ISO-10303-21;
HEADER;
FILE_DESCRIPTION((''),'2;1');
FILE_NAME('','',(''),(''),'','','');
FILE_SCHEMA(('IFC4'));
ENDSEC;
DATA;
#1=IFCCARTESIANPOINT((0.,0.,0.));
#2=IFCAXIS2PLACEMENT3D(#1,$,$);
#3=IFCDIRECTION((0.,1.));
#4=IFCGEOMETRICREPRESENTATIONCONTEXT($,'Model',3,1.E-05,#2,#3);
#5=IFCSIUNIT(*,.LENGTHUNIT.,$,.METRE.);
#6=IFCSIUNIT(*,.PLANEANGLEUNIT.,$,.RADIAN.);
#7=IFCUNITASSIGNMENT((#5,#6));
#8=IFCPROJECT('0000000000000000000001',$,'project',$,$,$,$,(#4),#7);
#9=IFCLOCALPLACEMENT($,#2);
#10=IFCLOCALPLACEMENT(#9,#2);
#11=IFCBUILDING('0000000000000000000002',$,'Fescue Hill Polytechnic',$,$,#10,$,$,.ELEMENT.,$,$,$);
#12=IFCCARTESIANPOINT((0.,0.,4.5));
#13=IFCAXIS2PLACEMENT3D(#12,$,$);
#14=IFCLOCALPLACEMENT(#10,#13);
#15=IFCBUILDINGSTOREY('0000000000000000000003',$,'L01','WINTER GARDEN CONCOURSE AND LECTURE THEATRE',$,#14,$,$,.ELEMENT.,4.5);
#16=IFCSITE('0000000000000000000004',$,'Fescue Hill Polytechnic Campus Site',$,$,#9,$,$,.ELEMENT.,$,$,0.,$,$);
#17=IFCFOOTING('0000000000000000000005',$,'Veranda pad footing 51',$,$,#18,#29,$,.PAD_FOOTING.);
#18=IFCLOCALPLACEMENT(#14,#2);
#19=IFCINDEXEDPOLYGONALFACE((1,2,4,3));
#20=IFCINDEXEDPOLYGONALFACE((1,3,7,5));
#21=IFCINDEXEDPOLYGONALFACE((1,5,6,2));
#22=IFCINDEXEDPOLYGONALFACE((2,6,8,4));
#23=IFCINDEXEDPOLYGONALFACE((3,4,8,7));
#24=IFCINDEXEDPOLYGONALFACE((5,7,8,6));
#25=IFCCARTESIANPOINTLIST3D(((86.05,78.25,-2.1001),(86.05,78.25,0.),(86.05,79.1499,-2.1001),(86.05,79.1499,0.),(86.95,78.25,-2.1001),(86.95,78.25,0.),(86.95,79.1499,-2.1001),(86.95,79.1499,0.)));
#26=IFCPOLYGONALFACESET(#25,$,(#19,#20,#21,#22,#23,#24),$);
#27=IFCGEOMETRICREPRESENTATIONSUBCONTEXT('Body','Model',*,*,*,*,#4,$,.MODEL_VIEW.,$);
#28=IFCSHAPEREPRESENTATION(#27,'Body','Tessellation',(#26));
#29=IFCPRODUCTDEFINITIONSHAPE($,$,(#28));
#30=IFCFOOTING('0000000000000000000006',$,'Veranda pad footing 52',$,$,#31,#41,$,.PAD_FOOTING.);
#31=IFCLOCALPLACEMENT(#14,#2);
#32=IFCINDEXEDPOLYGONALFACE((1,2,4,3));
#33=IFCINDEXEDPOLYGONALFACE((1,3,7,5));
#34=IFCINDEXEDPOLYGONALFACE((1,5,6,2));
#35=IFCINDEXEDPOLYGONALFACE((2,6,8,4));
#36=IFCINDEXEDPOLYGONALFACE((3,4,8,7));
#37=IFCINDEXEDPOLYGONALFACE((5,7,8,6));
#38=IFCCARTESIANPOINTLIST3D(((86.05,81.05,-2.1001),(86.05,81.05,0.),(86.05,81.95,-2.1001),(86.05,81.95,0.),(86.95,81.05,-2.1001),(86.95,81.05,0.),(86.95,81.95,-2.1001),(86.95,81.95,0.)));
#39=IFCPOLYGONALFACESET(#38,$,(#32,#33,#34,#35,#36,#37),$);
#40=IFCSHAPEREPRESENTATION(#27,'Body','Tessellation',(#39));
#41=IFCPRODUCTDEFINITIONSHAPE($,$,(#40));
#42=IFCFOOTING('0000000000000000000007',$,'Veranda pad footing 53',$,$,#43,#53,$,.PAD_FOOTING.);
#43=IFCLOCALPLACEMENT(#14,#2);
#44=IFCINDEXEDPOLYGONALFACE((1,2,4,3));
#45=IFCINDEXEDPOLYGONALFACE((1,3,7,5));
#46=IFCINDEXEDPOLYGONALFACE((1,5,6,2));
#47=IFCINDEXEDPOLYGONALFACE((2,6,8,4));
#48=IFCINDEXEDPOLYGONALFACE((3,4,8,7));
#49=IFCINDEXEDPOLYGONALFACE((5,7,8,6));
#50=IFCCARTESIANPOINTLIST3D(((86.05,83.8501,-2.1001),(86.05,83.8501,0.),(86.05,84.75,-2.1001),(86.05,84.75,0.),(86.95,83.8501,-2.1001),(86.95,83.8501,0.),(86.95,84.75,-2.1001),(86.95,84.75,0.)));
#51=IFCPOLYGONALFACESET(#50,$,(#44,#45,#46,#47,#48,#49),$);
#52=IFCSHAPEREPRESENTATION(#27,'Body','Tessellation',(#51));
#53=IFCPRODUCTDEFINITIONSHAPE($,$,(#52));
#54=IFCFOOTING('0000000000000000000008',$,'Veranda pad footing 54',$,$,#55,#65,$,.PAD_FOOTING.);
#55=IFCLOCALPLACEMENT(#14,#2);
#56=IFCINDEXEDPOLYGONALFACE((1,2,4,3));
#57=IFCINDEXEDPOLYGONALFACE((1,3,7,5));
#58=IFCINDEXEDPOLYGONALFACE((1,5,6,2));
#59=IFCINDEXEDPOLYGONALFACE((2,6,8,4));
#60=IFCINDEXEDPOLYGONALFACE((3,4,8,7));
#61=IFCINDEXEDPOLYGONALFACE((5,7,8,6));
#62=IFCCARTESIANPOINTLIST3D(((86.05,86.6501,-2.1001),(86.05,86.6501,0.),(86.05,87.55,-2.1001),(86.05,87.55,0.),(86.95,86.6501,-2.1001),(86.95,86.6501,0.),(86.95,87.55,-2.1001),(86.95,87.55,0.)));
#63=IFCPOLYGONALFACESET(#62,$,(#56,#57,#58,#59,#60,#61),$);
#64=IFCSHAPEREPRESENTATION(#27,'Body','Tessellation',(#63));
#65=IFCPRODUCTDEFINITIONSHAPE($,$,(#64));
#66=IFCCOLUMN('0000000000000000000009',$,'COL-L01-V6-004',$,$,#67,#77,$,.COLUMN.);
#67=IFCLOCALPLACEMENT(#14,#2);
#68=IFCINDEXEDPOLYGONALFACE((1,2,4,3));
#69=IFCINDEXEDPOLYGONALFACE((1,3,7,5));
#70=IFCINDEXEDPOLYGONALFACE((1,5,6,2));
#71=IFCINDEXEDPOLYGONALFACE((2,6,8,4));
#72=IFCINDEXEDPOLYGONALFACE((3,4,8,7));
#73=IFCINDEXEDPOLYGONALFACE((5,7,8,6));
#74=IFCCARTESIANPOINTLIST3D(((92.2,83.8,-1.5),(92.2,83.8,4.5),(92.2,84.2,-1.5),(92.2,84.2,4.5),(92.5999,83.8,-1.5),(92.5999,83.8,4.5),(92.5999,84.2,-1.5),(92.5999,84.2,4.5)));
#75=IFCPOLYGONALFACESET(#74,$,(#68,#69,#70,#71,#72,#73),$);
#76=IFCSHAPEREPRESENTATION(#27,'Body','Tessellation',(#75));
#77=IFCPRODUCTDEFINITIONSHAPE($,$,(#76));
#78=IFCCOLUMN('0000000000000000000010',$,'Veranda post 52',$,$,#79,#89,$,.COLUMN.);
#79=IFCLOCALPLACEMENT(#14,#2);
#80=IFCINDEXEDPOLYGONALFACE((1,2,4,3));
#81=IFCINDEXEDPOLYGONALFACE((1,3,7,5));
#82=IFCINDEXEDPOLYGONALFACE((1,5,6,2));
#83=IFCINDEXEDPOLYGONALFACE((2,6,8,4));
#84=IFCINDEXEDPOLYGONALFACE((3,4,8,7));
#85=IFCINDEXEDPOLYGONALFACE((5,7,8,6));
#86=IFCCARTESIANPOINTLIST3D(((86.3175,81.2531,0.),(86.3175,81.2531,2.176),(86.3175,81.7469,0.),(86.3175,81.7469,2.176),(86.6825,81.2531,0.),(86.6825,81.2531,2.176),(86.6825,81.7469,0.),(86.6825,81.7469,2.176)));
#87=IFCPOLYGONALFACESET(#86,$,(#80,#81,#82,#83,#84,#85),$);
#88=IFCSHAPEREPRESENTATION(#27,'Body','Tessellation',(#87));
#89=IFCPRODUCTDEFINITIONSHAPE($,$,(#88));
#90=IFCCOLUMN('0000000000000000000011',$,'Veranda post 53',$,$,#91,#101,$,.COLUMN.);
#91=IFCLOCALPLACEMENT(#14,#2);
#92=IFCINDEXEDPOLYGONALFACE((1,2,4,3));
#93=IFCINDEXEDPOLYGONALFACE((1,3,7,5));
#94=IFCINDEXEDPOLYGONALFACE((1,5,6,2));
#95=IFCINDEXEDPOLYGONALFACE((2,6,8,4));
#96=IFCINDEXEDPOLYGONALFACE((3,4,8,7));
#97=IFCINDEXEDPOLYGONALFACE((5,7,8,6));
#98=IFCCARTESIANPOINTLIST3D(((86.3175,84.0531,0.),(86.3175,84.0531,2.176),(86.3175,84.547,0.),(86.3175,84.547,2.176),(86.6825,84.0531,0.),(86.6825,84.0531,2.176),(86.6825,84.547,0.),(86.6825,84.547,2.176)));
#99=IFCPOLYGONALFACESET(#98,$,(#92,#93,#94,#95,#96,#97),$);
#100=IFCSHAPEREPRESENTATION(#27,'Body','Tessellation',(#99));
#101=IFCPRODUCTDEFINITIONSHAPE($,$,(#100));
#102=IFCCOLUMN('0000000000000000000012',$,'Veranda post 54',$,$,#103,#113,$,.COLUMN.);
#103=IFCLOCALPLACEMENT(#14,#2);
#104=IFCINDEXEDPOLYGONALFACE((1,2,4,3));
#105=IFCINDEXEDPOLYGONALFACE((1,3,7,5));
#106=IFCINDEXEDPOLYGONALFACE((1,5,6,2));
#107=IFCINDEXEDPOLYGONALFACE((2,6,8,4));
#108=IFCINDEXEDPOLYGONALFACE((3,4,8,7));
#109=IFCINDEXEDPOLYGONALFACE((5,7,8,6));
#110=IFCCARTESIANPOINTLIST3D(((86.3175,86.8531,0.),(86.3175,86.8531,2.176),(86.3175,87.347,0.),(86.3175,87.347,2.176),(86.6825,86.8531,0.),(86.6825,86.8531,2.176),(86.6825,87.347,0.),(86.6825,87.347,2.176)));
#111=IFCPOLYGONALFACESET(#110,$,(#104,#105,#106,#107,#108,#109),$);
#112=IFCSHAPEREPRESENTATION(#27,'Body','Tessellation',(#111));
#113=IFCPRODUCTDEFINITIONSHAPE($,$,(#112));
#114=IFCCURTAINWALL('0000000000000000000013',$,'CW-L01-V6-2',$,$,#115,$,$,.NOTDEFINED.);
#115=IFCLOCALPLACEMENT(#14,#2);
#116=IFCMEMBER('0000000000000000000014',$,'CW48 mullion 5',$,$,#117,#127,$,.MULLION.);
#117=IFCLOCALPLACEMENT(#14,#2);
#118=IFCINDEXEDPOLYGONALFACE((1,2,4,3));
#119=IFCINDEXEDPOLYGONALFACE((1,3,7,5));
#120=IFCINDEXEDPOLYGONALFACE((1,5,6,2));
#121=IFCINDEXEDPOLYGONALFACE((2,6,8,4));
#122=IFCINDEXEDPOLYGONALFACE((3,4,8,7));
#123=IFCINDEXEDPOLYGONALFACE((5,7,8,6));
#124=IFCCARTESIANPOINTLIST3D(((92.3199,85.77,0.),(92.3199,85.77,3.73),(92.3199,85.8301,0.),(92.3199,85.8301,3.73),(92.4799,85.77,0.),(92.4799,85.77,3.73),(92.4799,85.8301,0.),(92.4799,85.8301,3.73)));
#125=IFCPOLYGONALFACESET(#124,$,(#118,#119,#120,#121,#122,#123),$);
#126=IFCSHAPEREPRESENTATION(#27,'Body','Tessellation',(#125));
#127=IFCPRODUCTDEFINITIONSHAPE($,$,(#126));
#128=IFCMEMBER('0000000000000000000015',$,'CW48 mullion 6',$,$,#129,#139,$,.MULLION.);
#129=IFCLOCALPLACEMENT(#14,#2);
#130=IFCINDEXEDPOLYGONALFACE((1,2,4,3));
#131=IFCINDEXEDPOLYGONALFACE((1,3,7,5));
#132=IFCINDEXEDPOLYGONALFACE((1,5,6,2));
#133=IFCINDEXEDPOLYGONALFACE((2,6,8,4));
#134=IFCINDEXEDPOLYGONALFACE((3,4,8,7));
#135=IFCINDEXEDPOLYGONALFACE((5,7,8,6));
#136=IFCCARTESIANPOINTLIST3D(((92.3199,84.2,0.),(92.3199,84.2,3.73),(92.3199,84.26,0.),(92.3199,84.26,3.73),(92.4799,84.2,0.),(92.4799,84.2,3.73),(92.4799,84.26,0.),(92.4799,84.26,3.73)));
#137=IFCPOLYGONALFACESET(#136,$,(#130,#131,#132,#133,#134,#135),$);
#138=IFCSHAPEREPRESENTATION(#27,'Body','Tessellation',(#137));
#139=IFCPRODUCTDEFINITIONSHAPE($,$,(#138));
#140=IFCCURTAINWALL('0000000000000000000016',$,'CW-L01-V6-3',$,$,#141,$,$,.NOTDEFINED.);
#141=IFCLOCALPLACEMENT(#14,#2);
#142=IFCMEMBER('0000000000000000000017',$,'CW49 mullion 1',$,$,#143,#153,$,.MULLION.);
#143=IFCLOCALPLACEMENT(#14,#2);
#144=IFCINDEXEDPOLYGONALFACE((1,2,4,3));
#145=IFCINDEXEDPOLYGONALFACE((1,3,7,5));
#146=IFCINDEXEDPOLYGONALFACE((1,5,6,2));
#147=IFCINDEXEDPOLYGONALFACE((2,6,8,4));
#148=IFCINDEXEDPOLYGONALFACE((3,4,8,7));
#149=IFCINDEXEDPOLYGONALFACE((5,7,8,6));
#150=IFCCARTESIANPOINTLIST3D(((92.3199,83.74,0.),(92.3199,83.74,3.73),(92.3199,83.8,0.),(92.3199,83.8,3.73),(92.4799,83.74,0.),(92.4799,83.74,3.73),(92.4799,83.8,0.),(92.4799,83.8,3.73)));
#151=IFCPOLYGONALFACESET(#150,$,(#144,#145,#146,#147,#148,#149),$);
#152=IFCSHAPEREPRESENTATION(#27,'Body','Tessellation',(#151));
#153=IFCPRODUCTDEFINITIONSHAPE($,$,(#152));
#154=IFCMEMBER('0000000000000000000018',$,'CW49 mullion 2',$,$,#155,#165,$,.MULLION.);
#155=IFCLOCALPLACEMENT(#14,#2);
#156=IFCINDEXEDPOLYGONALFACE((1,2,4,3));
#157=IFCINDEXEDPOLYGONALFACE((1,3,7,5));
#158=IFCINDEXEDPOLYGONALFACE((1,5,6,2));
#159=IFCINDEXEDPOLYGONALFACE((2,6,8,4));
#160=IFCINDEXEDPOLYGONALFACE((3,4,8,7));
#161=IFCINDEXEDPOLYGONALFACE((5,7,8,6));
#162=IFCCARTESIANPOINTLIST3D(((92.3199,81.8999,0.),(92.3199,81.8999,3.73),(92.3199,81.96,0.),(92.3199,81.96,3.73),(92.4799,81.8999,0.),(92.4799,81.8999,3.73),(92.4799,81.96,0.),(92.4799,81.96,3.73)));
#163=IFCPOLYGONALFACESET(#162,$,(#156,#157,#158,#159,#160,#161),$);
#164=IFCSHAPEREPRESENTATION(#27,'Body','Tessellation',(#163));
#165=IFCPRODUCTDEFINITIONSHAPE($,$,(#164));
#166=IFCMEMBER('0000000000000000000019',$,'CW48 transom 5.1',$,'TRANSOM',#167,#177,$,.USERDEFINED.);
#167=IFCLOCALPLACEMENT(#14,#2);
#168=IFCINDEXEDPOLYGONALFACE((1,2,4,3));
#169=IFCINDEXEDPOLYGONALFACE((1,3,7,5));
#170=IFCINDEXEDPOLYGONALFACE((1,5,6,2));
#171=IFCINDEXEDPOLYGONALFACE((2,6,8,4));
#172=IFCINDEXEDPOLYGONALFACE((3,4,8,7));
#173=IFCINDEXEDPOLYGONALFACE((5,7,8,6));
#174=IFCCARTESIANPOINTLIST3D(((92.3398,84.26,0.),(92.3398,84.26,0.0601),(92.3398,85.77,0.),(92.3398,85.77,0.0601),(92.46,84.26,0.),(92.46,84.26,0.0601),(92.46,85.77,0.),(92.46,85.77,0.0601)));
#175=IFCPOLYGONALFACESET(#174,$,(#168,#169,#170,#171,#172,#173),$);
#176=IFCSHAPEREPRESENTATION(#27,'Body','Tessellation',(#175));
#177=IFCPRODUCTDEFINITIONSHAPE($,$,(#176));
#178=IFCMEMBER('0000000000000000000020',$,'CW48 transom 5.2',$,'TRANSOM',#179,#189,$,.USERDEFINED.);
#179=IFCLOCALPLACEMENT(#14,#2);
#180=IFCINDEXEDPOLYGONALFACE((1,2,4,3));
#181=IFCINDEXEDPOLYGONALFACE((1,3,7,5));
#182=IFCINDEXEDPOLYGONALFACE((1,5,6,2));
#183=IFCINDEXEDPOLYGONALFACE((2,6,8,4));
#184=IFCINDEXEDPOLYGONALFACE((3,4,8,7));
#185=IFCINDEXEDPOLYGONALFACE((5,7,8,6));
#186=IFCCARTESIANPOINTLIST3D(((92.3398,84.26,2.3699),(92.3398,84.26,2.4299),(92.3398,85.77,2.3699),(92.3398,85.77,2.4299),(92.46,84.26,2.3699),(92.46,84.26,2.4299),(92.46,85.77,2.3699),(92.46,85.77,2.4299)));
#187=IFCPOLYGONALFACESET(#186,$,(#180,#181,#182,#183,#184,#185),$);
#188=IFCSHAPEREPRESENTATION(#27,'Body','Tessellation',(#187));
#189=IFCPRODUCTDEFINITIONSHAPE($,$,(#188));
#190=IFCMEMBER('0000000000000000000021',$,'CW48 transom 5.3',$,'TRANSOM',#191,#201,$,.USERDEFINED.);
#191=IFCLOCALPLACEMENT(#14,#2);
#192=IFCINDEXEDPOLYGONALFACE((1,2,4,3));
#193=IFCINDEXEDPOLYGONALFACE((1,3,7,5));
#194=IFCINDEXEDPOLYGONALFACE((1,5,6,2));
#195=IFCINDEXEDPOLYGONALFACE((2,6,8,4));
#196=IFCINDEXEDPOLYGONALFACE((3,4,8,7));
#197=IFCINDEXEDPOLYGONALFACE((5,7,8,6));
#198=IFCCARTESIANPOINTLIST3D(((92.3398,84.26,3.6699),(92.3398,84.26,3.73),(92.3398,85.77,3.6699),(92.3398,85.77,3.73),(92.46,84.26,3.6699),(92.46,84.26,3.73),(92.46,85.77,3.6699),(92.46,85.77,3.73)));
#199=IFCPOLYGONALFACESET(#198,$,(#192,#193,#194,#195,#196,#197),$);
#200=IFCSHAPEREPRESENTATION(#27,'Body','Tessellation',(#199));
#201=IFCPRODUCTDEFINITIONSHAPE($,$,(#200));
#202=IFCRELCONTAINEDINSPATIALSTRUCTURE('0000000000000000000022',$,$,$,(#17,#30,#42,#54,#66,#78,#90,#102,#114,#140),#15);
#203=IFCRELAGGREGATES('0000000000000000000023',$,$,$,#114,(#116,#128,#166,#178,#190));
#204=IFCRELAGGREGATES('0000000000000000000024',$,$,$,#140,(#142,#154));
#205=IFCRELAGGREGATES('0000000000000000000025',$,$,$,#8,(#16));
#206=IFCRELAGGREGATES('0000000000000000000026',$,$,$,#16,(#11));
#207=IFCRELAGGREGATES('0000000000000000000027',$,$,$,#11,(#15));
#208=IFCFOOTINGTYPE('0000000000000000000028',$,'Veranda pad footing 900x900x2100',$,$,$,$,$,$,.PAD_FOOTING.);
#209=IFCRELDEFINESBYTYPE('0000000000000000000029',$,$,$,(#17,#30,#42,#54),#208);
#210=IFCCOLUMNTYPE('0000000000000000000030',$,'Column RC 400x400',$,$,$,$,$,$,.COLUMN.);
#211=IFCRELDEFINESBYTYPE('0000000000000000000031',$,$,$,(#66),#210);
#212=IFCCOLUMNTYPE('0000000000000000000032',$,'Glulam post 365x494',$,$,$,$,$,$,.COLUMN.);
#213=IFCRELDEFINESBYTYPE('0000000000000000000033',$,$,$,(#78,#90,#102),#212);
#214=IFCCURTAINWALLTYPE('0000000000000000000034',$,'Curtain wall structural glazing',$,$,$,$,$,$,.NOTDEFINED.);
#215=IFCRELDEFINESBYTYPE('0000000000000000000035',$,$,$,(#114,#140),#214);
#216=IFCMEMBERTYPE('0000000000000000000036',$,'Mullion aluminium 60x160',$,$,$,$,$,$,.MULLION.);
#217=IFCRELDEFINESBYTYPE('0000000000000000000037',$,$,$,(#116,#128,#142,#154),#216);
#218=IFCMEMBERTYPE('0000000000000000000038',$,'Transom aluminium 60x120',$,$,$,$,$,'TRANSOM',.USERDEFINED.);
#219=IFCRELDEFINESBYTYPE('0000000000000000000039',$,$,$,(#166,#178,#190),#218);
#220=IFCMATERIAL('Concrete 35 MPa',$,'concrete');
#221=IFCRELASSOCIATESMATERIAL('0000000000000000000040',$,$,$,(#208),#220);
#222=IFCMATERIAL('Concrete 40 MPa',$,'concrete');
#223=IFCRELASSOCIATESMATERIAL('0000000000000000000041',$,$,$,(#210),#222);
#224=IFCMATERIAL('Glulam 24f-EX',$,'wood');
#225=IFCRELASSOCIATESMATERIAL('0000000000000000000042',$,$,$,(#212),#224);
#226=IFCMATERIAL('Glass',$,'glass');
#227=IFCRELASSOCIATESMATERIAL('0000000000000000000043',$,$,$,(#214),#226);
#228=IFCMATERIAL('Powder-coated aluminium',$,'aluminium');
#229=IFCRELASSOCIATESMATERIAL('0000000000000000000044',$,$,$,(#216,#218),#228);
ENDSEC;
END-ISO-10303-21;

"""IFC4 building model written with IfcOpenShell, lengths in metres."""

from ifc_helpers import new_model, si_unit, direction, frame, origin, origin_2d, place, context, subcontext, project, spatial, rectangle, extrude, material, material_profile, profile_set, type_object, element, aggregate, save


model = new_model("IFC4")

# Units and contexts
model_context = context("Model", 3, precision=1e-05, world=origin(), true_north=direction((0.0, 1.0)))
body_context = subcontext(model_context, "Body", "Model", "MODEL_VIEW")
ifc_project = project(units=[si_unit("LENGTHUNIT", "METRE"), si_unit("PLANEANGLEUNIT", "RADIAN")], contexts=[model_context])

# Site, building, storey
site_placement = place(None, origin())
site = spatial("IfcSite", under=ifc_project, at=site_placement, Name="Fescue Hill Polytechnic Campus Site", CompositionType="ELEMENT", RefElevation=0.0)
building_placement = place(site_placement, origin())
building = spatial("IfcBuilding", under=site, at=building_placement, Name="Fescue Hill Polytechnic", CompositionType="ELEMENT")
storey_placement = place(building_placement, frame((0.0, 0.0, 4.5)))
storey = spatial("IfcBuildingStorey", under=building, at=storey_placement, Name="L01", Description="WINTER GARDEN CONCOURSE AND LECTURE THEATRE", CompositionType="ELEMENT", Elevation=4.5)

# Footings
ifc_material_1 = material(Name="Concrete 35 MPa", Category="concrete")
footing_type = type_object("IfcFootingType", Name="Veranda pad footing 900x900x2100", PredefinedType="PAD_FOOTING", material=ifc_material_1)
for number, where, z_axis, x_axis, name in (
    (1, (86.5, 78.7, -2.1001), (0.0, 0.0, 1.0), (1.0, 0.0, 0.0), "Veranda pad footing 51"),
    (2, (86.5, 81.5, -2.1001), (0.0, 0.0, 1.0), (1.0, 0.0, 0.0), "Veranda pad footing 52"),
    (3, (86.5, 84.3, -2.1001), (0.0, 0.0, 1.0), (1.0, 0.0, 0.0), "Veranda pad footing 53"),
    (4, (86.5, 87.1001, -2.1001), (0.0, 0.0, 1.0), (1.0, 0.0, 0.0), "Veranda pad footing 54"),
):
    element("IfcFooting", number, at=place(storey_placement, frame(where, z_axis=z_axis, x_axis=x_axis)), inside=storey, type_object=footing_type, Name=name, PredefinedType="PAD_FOOTING", context=body_context, shape_type="SweptSolid", body=[
        extrude(rectangle(XDim=0.8999, YDim=0.8999, at=origin_2d()), origin(), (0.0, 0.0, 1.0), 2.1001),
    ])

# Columns
ifc_material_2 = material(Name="Concrete 40 MPa", Category="concrete")
ifc_material_profile_1 = material_profile(ifc_material_2, rectangle(XDim=0.3999, YDim=0.3999, at=origin_2d()), Name="RC 400x400")
ifc_profile_set_1 = profile_set([ifc_material_profile_1], Name="Concrete 40 MPa")
column_type_1 = type_object("IfcColumnType", Name="Column RC 400x400", PredefinedType="COLUMN", material=ifc_profile_set_1)
column_placement = place(storey_placement, frame((92.3999, 84.0, -1.5), z_axis=(0.0, 0.0, 1.0), x_axis=(1.0, 0.0, 0.0)))
element("IfcColumn", 5, at=column_placement, inside=storey, type_object=column_type_1, Name="COL-L01-V6-004", PredefinedType="COLUMN", context=body_context, shape_type="SweptSolid", body=[
    extrude(rectangle(XDim=0.3999, YDim=0.3999, at=origin_2d()), origin(), (0.0, 0.0, 1.0), 6.0),
])
ifc_material_3 = material(Name="Glulam 24f-EX", Category="wood")
ifc_material_profile_2 = material_profile(ifc_material_3, rectangle(XDim=0.365, YDim=0.4939, at=origin_2d()), Name="Glulam post 365x494")
ifc_profile_set_2 = profile_set([ifc_material_profile_2], Name="Glulam 24f-EX")
column_type_2 = type_object("IfcColumnType", Name="Glulam post 365x494", PredefinedType="COLUMN", material=ifc_profile_set_2)
for number, where, z_axis, x_axis, name in (
    (6, (86.5, 81.5, 0.0), (0.0, 0.0, 1.0), (1.0, 0.0, 0.0), "Veranda post 52"),
    (7, (86.5, 84.3, 0.0), (0.0, 0.0, 1.0), (1.0, 0.0, 0.0), "Veranda post 53"),
    (8, (86.5, 87.1001, 0.0), (0.0, 0.0, 1.0), (1.0, 0.0, 0.0), "Veranda post 54"),
):
    element("IfcColumn", number, at=place(storey_placement, frame(where, z_axis=z_axis, x_axis=x_axis)), inside=storey, type_object=column_type_2, Name=name, PredefinedType="COLUMN", context=body_context, shape_type="SweptSolid", body=[
        extrude(rectangle(XDim=0.365, YDim=0.4939, at=origin_2d()), origin(), (0.0, 0.0, 1.0), 2.176),
    ])

# Curtain walls, members
ifc_material_4 = material(Name="Glass", Category="glass")
curtain_wall_type = type_object("IfcCurtainWallType", Name="Curtain wall structural glazing", PredefinedType="NOTDEFINED", material=ifc_material_4)
curtain_wall_1_placement = place(storey_placement, origin())
curtain_wall_1 = element("IfcCurtainWall", 9, at=curtain_wall_1_placement, inside=storey, type_object=curtain_wall_type, Name="CW-L01-V6-2", PredefinedType="NOTDEFINED")
ifc_material_5 = material(Name="Powder-coated aluminium", Category="aluminium")
ifc_material_profile_3 = material_profile(ifc_material_5, rectangle(XDim=0.1599, YDim=0.0601, at=origin_2d()), Name="Mullion aluminium 60x160")
ifc_profile_set_3 = profile_set([ifc_material_profile_3], Name="Powder-coated aluminium")
member_type_1 = type_object("IfcMemberType", Name="Mullion aluminium 60x160", PredefinedType="MULLION", material=ifc_profile_set_3)
member_1_placement = place(storey_placement, frame((92.3999, 85.8, 0.0), z_axis=(0.0, 0.0, 1.0), x_axis=(1.0, 0.0, 0.0)))
member_1 = element("IfcMember", 10, at=member_1_placement, type_object=member_type_1, Name="CW48 mullion 5", PredefinedType="MULLION", context=body_context, shape_type="SweptSolid", body=[
    extrude(rectangle(XDim=0.1599, YDim=0.0601, at=origin_2d()), origin(), (0.0, 0.0, 1.0), 3.73),
])
member_2_placement = place(storey_placement, frame((92.3999, 84.23, 0.0), z_axis=(0.0, 0.0, 1.0), x_axis=(1.0, 0.0, 0.0)))
member_2 = element("IfcMember", 11, at=member_2_placement, type_object=member_type_1, Name="CW48 mullion 6", PredefinedType="MULLION", context=body_context, shape_type="SweptSolid", body=[
    extrude(rectangle(XDim=0.1599, YDim=0.0601, at=origin_2d()), origin(), (0.0, 0.0, 1.0), 3.73),
])
curtain_wall_2_placement = place(storey_placement, origin())
curtain_wall_2 = element("IfcCurtainWall", 12, at=curtain_wall_2_placement, inside=storey, type_object=curtain_wall_type, Name="CW-L01-V6-3", PredefinedType="NOTDEFINED")
member_3_placement = place(storey_placement, frame((92.3999, 83.77, 0.0), z_axis=(0.0, 0.0, 1.0), x_axis=(1.0, 0.0, 0.0)))
member_3 = element("IfcMember", 13, at=member_3_placement, type_object=member_type_1, Name="CW49 mullion 1", PredefinedType="MULLION", context=body_context, shape_type="SweptSolid", body=[
    extrude(rectangle(XDim=0.1599, YDim=0.0601, at=origin_2d()), origin(), (0.0, 0.0, 1.0), 3.73),
])
member_4_placement = place(storey_placement, frame((92.3999, 81.9299, 0.0), z_axis=(0.0, 0.0, 1.0), x_axis=(1.0, 0.0, 0.0)))
member_4 = element("IfcMember", 14, at=member_4_placement, type_object=member_type_1, Name="CW49 mullion 2", PredefinedType="MULLION", context=body_context, shape_type="SweptSolid", body=[
    extrude(rectangle(XDim=0.1599, YDim=0.0601, at=origin_2d()), origin(), (0.0, 0.0, 1.0), 3.73),
])

# Members
ifc_material_profile_4 = material_profile(ifc_material_5, rectangle(XDim=0.1201, YDim=0.0601, at=origin_2d()), Name="Transom aluminium 60x120")
ifc_profile_set_4 = profile_set([ifc_material_profile_4], Name="Powder-coated aluminium")
member_type_2 = type_object("IfcMemberType", Name="Transom aluminium 60x120", ElementType="TRANSOM", PredefinedType="USERDEFINED", material=ifc_profile_set_4)
member_5_placement = place(storey_placement, frame((92.3999, 85.77, 0.03), z_axis=(0.0, -1.0, 0.0), x_axis=(1.0, 0.0, 0.0)))
member_5 = element("IfcMember", 15, at=member_5_placement, type_object=member_type_2, Name="CW48 transom 5.1", ObjectType="TRANSOM", PredefinedType="USERDEFINED", context=body_context, shape_type="SweptSolid", body=[
    extrude(rectangle(XDim=0.1201, YDim=0.0601, at=origin_2d()), origin(), (0.0, 0.0, 1.0), 1.51),
])
member_6_placement = place(storey_placement, frame((92.3999, 85.77, 2.3999), z_axis=(0.0, -1.0, 0.0), x_axis=(1.0, 0.0, 0.0)))
member_6 = element("IfcMember", 16, at=member_6_placement, type_object=member_type_2, Name="CW48 transom 5.2", ObjectType="TRANSOM", PredefinedType="USERDEFINED", context=body_context, shape_type="SweptSolid", body=[
    extrude(rectangle(XDim=0.1201, YDim=0.0601, at=origin_2d()), origin(), (0.0, 0.0, 1.0), 1.51),
])
member_7_placement = place(storey_placement, frame((92.3999, 85.77, 3.7), z_axis=(0.0, -1.0, 0.0), x_axis=(1.0, 0.0, 0.0)))
member_7 = element("IfcMember", 17, at=member_7_placement, type_object=member_type_2, Name="CW48 transom 5.3", ObjectType="TRANSOM", PredefinedType="USERDEFINED", context=body_context, shape_type="SweptSolid", body=[
    extrude(rectangle(XDim=0.1201, YDim=0.0601, at=origin_2d()), origin(), (0.0, 0.0, 1.0), 1.51),
])

aggregate(curtain_wall_1, [member_1, member_2, member_5, member_6, member_7])
aggregate(curtain_wall_2, [member_3, member_4])

save(model, "model.ifc")
